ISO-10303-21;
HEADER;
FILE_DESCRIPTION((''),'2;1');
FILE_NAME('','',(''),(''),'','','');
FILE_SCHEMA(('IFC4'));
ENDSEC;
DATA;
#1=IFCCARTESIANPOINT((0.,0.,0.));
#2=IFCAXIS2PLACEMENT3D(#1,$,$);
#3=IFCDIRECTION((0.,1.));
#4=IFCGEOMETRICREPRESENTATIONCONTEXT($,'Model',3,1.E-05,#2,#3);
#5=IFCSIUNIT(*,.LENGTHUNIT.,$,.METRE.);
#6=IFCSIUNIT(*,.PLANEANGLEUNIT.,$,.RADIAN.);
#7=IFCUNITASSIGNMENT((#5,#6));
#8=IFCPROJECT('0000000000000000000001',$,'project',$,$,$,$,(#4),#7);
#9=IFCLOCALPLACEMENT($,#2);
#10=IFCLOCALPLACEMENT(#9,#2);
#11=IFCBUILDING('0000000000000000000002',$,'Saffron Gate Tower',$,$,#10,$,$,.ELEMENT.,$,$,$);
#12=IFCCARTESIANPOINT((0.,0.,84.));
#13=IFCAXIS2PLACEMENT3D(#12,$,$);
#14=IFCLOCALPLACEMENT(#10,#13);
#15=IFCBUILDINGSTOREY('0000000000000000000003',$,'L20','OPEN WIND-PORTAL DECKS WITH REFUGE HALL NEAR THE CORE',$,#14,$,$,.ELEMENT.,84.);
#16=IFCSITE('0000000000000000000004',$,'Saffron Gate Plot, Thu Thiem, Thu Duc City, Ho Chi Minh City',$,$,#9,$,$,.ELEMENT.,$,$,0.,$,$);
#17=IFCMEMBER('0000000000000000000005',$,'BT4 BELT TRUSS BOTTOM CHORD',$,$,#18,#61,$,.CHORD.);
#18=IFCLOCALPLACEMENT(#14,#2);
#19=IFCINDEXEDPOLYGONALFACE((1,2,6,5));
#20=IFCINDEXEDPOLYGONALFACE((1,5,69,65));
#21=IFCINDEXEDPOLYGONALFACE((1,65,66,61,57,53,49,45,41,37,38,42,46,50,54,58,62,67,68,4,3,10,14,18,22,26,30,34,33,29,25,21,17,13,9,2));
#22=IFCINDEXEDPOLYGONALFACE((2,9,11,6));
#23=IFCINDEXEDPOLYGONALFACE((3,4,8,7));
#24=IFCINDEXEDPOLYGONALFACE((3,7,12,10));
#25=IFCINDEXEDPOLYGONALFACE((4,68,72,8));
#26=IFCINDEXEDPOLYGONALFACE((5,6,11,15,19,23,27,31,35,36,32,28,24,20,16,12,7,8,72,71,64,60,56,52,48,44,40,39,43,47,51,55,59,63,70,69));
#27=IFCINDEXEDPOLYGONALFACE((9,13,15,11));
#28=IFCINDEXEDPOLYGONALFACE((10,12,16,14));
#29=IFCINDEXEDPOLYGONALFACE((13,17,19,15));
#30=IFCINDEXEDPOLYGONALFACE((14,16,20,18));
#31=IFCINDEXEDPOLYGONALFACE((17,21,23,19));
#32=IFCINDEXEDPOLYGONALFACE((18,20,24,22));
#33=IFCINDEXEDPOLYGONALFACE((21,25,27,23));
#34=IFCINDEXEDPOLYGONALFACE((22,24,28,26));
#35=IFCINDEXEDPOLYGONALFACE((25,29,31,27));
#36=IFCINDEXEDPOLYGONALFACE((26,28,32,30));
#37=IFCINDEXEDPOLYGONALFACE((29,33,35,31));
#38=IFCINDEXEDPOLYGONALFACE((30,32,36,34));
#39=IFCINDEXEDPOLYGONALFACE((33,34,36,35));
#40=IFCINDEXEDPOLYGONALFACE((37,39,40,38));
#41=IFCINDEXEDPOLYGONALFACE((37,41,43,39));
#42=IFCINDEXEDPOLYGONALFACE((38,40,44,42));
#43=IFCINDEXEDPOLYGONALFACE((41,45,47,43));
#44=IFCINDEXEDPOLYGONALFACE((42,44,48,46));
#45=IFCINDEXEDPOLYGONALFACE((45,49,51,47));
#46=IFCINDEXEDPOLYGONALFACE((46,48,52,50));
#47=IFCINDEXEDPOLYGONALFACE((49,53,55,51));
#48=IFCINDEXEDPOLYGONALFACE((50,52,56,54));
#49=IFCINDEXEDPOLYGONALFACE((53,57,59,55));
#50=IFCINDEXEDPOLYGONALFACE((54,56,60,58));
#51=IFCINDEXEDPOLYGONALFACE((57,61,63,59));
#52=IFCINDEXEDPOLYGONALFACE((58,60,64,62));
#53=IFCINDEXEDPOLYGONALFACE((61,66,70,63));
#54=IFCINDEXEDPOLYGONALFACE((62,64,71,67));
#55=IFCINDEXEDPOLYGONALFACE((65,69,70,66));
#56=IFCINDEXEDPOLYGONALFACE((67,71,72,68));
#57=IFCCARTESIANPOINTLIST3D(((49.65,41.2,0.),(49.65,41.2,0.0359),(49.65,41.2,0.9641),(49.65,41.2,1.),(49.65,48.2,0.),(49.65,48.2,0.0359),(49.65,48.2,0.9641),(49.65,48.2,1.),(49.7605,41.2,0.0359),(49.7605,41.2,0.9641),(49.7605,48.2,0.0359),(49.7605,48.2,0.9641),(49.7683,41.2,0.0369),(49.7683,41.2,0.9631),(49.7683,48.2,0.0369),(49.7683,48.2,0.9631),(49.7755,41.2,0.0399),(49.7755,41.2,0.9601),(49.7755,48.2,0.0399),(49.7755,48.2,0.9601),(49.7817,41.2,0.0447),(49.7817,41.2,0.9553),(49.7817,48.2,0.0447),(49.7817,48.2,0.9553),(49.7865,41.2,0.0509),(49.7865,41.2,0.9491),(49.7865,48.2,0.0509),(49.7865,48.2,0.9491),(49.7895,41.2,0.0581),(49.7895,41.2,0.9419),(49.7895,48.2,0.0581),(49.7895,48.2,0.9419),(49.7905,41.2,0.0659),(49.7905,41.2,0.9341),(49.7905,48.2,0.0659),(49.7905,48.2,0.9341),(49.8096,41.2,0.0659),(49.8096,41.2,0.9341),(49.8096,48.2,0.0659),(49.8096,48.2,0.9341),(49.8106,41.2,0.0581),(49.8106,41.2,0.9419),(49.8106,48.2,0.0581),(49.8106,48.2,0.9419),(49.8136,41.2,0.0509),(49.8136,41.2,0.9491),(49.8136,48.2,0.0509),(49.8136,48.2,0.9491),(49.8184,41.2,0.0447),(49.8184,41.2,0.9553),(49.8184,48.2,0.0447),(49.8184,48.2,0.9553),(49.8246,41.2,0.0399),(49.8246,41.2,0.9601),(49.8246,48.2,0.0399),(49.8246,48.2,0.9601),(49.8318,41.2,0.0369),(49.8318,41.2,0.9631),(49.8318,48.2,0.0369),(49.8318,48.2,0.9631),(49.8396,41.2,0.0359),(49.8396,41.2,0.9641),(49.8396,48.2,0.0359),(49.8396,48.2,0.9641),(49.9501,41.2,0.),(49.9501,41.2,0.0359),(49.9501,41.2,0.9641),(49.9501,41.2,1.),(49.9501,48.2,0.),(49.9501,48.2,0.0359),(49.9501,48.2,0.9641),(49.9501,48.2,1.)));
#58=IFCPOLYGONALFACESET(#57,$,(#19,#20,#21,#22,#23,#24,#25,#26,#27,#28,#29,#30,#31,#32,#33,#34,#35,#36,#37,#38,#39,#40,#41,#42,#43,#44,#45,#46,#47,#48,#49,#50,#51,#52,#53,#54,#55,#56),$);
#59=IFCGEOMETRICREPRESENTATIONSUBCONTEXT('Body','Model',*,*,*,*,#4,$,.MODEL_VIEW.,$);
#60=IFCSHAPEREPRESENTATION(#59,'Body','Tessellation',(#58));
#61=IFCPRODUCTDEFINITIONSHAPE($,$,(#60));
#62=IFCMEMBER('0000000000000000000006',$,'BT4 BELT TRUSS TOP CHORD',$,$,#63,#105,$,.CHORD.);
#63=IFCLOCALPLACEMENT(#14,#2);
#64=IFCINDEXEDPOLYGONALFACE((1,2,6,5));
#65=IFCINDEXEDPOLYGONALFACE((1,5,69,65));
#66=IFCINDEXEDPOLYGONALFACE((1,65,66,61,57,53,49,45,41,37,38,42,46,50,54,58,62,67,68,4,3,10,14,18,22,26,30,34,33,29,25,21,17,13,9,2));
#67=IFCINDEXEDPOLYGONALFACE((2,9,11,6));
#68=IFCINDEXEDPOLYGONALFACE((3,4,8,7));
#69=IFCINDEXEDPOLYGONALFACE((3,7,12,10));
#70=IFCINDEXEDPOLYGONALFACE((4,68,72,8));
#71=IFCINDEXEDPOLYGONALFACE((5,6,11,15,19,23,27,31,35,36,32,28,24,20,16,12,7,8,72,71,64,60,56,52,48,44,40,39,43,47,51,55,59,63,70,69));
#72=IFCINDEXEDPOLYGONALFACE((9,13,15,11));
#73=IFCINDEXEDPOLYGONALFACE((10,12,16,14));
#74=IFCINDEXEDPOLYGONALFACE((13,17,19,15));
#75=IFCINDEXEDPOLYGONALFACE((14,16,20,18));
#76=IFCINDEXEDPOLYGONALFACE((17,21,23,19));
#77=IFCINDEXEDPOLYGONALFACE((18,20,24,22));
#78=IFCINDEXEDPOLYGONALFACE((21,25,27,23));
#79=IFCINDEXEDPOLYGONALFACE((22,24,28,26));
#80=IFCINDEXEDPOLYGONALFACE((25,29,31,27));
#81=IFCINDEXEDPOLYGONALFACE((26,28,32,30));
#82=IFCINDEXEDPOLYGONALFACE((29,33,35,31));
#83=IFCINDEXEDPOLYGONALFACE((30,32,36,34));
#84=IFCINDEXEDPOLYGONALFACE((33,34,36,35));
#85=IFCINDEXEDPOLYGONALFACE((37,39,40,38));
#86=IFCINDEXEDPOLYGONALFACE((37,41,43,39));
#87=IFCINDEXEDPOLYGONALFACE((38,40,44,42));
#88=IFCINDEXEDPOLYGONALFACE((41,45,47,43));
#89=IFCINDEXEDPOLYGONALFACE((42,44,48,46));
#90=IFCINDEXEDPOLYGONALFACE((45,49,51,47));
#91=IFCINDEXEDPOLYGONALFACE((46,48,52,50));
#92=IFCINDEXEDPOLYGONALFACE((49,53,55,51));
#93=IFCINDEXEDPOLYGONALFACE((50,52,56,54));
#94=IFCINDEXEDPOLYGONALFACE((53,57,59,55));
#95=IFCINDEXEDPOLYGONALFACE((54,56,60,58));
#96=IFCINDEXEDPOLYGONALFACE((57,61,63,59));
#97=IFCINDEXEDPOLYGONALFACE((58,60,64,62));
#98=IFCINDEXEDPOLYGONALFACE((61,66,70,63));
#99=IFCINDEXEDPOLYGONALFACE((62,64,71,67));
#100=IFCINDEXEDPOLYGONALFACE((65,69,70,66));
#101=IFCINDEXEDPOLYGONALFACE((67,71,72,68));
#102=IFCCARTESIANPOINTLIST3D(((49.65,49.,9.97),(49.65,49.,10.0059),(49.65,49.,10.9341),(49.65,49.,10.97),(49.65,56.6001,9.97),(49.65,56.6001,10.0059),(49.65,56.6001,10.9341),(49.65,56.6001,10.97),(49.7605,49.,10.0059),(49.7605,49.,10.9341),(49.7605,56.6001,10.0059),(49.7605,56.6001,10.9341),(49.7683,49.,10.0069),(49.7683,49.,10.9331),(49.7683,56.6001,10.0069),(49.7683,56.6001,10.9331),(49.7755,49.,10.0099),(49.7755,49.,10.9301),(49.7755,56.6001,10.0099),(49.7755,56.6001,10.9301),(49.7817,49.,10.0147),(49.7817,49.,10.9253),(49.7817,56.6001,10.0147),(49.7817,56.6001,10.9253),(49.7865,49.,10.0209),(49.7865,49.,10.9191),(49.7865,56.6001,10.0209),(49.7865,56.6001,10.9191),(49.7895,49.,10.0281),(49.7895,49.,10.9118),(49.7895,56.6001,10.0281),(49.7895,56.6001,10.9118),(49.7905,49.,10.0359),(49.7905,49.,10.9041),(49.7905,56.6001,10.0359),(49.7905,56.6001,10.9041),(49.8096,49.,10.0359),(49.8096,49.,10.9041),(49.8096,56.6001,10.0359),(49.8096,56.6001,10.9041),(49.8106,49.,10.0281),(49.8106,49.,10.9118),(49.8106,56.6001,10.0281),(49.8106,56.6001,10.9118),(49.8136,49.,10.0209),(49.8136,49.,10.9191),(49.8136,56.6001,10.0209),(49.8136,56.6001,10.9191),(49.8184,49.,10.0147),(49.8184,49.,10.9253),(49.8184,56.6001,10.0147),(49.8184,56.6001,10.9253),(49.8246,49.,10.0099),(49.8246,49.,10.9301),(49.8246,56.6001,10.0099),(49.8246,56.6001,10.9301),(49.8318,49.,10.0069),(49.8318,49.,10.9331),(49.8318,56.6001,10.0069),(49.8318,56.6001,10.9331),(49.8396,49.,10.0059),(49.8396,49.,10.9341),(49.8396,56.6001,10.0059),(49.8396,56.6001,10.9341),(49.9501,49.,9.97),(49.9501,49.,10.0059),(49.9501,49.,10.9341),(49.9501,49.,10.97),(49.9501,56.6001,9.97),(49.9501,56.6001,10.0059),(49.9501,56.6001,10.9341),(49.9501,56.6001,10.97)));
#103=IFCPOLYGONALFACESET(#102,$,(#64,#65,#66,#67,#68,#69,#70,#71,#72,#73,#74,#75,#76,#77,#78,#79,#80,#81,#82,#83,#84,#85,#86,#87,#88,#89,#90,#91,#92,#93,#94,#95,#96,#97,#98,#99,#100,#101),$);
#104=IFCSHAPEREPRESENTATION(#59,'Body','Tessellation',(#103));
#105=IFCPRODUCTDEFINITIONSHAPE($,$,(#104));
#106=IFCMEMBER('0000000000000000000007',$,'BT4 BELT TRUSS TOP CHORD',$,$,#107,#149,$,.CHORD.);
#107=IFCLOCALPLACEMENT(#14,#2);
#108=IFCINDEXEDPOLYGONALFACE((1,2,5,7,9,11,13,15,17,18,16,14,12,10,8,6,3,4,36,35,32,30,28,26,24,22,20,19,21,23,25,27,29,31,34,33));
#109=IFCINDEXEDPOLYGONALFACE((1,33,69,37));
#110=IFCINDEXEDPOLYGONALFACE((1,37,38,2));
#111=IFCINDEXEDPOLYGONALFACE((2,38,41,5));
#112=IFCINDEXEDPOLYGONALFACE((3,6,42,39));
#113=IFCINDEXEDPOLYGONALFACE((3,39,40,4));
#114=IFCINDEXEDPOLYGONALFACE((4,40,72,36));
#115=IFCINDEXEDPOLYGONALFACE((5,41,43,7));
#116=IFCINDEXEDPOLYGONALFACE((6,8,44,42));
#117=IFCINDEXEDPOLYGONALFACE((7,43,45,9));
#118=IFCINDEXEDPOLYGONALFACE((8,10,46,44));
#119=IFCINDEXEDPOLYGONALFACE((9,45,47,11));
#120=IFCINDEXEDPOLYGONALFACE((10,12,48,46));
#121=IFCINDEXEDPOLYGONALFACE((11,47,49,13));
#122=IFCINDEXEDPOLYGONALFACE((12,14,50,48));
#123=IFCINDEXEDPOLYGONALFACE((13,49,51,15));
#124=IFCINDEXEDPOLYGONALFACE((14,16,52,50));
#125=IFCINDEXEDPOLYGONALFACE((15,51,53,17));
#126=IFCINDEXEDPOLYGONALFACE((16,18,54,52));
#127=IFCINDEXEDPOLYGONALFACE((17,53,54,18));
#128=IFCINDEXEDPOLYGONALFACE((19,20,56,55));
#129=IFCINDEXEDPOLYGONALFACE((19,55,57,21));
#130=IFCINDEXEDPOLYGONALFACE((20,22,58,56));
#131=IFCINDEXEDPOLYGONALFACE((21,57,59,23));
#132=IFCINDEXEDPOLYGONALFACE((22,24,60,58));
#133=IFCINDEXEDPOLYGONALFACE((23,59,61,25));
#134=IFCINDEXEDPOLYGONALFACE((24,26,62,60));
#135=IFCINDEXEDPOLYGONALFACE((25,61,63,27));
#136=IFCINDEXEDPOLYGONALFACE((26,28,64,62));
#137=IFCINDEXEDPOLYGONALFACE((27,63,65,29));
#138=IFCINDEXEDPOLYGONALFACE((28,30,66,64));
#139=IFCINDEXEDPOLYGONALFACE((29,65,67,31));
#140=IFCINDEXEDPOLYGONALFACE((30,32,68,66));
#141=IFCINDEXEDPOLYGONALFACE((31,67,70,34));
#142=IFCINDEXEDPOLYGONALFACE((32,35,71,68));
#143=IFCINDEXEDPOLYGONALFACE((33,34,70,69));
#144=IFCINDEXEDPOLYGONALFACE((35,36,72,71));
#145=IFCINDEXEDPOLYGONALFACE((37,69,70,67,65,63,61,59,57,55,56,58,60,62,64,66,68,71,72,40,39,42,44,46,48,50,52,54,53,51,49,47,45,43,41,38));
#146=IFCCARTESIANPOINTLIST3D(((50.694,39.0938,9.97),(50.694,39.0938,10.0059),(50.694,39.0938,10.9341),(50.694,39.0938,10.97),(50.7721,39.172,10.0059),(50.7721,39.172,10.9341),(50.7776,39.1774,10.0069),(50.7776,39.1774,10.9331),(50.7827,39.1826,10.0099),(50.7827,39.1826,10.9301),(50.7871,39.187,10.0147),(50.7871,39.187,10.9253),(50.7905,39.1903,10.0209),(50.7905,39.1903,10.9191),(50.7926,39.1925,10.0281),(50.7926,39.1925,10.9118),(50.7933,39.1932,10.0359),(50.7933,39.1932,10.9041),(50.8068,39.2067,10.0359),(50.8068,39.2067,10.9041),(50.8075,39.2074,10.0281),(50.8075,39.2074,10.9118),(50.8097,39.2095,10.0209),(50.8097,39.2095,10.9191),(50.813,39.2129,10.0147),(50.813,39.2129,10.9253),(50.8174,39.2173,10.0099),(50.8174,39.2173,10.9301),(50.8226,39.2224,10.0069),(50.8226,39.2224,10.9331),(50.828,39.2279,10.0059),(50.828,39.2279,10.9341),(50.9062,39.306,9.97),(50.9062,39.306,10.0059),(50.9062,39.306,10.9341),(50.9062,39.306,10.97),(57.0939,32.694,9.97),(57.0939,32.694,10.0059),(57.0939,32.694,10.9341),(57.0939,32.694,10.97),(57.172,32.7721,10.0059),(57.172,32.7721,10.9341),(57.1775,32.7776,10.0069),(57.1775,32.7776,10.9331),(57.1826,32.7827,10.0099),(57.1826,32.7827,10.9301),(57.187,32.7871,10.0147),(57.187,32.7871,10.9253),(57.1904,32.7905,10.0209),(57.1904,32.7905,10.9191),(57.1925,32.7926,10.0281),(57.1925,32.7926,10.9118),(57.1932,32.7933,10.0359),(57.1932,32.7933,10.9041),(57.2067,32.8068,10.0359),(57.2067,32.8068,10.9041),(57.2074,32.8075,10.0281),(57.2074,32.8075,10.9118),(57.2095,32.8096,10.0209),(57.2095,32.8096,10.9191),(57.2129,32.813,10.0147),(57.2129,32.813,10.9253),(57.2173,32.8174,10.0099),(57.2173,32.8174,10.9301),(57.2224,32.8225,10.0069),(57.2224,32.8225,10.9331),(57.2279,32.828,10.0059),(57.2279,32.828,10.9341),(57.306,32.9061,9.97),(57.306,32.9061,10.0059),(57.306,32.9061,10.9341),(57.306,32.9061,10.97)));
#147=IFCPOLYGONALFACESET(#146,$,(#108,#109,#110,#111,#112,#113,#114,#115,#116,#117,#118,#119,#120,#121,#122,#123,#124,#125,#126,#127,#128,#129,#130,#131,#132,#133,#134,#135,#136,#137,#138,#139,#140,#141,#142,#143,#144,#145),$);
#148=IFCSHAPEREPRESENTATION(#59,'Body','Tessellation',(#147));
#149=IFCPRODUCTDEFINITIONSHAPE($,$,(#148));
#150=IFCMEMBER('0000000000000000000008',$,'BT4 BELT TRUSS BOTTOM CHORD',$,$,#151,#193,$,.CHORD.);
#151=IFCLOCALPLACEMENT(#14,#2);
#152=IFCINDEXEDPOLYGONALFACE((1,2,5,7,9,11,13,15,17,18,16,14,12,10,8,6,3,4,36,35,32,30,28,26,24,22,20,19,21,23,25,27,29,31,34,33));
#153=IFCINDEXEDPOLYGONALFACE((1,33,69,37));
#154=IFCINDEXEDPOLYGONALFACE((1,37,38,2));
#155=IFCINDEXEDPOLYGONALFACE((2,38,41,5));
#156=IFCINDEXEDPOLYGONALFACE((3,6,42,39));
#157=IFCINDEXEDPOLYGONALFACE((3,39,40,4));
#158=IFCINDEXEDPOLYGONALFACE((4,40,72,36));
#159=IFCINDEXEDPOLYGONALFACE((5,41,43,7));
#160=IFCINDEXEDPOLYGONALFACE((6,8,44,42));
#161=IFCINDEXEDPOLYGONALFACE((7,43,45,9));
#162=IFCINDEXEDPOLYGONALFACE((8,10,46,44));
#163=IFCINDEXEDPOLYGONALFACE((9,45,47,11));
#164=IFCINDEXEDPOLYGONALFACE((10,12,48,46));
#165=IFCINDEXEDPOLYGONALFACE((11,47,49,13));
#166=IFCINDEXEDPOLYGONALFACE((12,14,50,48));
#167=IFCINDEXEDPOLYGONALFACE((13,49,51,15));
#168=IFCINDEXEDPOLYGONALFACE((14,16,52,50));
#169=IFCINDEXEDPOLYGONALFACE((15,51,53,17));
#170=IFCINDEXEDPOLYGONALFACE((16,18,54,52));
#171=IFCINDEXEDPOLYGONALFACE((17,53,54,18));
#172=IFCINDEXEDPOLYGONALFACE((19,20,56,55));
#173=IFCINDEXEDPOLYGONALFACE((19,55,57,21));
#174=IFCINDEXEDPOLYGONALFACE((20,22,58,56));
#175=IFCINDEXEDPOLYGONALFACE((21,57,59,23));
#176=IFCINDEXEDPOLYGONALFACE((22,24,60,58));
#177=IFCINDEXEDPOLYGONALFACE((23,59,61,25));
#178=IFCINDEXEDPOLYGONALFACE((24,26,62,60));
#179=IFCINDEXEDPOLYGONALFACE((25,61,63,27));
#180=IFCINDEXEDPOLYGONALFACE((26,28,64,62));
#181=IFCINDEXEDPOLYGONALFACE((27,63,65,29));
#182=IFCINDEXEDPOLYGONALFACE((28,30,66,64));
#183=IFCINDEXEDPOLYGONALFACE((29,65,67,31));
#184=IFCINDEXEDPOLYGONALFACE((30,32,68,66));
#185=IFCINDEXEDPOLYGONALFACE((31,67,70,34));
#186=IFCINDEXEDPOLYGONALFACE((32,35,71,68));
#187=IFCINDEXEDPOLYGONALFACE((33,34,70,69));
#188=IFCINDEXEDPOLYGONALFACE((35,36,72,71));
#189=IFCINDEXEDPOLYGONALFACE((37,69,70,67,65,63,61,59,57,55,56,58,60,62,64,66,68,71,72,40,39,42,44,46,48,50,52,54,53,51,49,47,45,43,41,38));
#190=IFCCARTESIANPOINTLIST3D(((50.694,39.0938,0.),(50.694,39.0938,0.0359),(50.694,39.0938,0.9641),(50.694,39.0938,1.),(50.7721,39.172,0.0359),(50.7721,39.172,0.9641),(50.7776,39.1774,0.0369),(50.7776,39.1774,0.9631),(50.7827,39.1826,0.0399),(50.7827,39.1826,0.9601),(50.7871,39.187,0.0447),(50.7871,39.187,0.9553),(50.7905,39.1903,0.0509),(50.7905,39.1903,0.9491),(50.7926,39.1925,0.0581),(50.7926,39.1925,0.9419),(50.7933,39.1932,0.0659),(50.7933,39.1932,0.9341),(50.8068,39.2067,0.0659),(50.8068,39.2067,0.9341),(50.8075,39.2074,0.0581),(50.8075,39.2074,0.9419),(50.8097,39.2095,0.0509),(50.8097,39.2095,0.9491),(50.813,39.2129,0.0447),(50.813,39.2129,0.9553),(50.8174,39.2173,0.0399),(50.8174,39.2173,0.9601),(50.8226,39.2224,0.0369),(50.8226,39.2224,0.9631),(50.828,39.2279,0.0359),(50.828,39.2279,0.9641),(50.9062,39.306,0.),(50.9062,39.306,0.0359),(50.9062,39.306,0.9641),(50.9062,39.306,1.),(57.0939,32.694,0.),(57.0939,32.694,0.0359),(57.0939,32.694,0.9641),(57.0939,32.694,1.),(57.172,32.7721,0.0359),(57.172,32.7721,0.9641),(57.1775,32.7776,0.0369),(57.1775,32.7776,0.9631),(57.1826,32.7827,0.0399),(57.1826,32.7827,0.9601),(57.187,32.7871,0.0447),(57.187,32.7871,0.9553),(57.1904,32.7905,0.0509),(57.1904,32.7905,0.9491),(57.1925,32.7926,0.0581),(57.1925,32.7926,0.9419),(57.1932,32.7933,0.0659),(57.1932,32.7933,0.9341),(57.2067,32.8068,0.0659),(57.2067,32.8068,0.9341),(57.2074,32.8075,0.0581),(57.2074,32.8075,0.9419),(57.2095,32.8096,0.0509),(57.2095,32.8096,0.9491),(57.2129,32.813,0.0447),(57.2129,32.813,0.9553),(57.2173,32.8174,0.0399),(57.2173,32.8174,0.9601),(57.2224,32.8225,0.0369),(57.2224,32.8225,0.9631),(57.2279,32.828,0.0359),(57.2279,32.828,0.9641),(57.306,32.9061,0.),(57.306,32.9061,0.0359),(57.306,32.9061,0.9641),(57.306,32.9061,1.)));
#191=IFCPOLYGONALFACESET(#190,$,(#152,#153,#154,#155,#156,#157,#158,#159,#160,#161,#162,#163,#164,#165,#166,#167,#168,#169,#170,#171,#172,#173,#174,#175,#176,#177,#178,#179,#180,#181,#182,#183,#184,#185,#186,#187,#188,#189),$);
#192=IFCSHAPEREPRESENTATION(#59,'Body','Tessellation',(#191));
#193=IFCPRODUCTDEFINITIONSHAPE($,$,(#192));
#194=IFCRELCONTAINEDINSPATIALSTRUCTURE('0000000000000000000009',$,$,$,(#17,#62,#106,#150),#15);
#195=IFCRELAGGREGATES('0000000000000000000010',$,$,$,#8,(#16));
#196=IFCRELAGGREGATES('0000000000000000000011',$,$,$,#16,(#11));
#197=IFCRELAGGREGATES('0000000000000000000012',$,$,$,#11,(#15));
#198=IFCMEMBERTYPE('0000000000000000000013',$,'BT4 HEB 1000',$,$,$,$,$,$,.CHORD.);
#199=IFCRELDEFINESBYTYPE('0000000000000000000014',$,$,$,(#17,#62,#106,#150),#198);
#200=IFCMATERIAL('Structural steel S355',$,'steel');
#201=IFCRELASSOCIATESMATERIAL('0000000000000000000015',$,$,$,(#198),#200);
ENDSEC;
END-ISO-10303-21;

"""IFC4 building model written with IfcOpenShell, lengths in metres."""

from ifc_helpers import new_model, si_unit, direction, frame, origin, origin_2d, place, context, subcontext, project, spatial, i_section, extrude, material, material_profile, profile_set, type_object, element, save


model = new_model("IFC4")

# Units and contexts
model_context = context("Model", 3, precision=1e-05, world=origin(), true_north=direction((0.0, 1.0)))
body_context = subcontext(model_context, "Body", "Model", "MODEL_VIEW")
ifc_project = project(units=[si_unit("LENGTHUNIT", "METRE"), si_unit("PLANEANGLEUNIT", "RADIAN")], contexts=[model_context])

# Site, building, storey
site_placement = place(None, origin())
site = spatial("IfcSite", under=ifc_project, at=site_placement, Name="Saffron Gate Plot, Thu Thiem, Thu Duc City, Ho Chi Minh City", CompositionType="ELEMENT", RefElevation=0.0)
building_placement = place(site_placement, origin())
building = spatial("IfcBuilding", under=site, at=building_placement, Name="Saffron Gate Tower", CompositionType="ELEMENT")
storey_placement = place(building_placement, frame((0.0, 0.0, 84.0)))
storey = spatial("IfcBuildingStorey", under=building, at=storey_placement, Name="L20", Description="OPEN WIND-PORTAL DECKS WITH REFUGE HALL NEAR THE CORE", CompositionType="ELEMENT", Elevation=84.0)

# Shared definitions
ifc_material_1 = material(Name="Structural steel S355", Category="steel")

# Members
ifc_material_profile_1 = material_profile(ifc_material_1, i_section(OverallWidth=0.3, OverallDepth=1.0, WebThickness=0.019, FlangeThickness=0.0359, FilletRadius=0.03, at=origin_2d()))
ifc_profile_set_1 = profile_set([ifc_material_profile_1], Name="Structural steel S355")
member_type_1 = type_object("IfcMemberType", Name="BT4 HEB 1000", PredefinedType="CHORD", material=ifc_profile_set_1)
for number, where, z_axis, x_axis, name in (
    (1, (49.8, 41.2, 0.5), (0.0, 1.0, 0.0), (-1.0, 0.0, 0.0), "BT4 BELT TRUSS BOTTOM CHORD"),
):
    element("IfcMember", number, at=place(storey_placement, frame(where, z_axis=z_axis, x_axis=x_axis)), inside=storey, type_object=member_type_1, Name=name, PredefinedType="CHORD", context=body_context, shape_type="SweptSolid", body=[
        extrude(i_section(OverallWidth=0.3, OverallDepth=1.0, WebThickness=0.019, FlangeThickness=0.0359, FilletRadius=0.03, at=origin_2d()), origin(), (0.0, 0.0, 1.0), 7.0),
    ])
member_1_placement = place(storey_placement, frame((49.8, 49.0, 10.47), z_axis=(0.0, 1.0, 0.0), x_axis=(-1.0, 0.0, 0.0)))
element("IfcMember", 2, at=member_1_placement, inside=storey, type_object=member_type_1, Name="BT4 BELT TRUSS TOP CHORD", PredefinedType="CHORD", context=body_context, shape_type="SweptSolid", body=[
    extrude(i_section(OverallWidth=0.3, OverallDepth=1.0, WebThickness=0.019, FlangeThickness=0.0359, FilletRadius=0.03, at=origin_2d()), origin(), (0.0, 0.0, 1.0), 7.6001),
])
for number, where, z_axis, x_axis, name in (
    (3, (57.2, 32.8, 10.47), (-0.707107, 0.707107, 0.0), (-0.707107, -0.707107, 0.0), "BT4 BELT TRUSS TOP CHORD"),
    (4, (57.2, 32.8, 0.5), (-0.707107, 0.707107, 0.0), (-0.707107, -0.707107, 0.0), "BT4 BELT TRUSS BOTTOM CHORD"),
):
    element("IfcMember", number, at=place(storey_placement, frame(where, z_axis=z_axis, x_axis=x_axis)), inside=storey, type_object=member_type_1, Name=name, PredefinedType="CHORD", context=body_context, shape_type="SweptSolid", body=[
        extrude(i_section(OverallWidth=0.3, OverallDepth=1.0, WebThickness=0.019, FlangeThickness=0.0359, FilletRadius=0.03, at=origin_2d()), origin(), (0.0, 0.0, 1.0), 9.0508),
    ])

save(model, "model.ifc")
